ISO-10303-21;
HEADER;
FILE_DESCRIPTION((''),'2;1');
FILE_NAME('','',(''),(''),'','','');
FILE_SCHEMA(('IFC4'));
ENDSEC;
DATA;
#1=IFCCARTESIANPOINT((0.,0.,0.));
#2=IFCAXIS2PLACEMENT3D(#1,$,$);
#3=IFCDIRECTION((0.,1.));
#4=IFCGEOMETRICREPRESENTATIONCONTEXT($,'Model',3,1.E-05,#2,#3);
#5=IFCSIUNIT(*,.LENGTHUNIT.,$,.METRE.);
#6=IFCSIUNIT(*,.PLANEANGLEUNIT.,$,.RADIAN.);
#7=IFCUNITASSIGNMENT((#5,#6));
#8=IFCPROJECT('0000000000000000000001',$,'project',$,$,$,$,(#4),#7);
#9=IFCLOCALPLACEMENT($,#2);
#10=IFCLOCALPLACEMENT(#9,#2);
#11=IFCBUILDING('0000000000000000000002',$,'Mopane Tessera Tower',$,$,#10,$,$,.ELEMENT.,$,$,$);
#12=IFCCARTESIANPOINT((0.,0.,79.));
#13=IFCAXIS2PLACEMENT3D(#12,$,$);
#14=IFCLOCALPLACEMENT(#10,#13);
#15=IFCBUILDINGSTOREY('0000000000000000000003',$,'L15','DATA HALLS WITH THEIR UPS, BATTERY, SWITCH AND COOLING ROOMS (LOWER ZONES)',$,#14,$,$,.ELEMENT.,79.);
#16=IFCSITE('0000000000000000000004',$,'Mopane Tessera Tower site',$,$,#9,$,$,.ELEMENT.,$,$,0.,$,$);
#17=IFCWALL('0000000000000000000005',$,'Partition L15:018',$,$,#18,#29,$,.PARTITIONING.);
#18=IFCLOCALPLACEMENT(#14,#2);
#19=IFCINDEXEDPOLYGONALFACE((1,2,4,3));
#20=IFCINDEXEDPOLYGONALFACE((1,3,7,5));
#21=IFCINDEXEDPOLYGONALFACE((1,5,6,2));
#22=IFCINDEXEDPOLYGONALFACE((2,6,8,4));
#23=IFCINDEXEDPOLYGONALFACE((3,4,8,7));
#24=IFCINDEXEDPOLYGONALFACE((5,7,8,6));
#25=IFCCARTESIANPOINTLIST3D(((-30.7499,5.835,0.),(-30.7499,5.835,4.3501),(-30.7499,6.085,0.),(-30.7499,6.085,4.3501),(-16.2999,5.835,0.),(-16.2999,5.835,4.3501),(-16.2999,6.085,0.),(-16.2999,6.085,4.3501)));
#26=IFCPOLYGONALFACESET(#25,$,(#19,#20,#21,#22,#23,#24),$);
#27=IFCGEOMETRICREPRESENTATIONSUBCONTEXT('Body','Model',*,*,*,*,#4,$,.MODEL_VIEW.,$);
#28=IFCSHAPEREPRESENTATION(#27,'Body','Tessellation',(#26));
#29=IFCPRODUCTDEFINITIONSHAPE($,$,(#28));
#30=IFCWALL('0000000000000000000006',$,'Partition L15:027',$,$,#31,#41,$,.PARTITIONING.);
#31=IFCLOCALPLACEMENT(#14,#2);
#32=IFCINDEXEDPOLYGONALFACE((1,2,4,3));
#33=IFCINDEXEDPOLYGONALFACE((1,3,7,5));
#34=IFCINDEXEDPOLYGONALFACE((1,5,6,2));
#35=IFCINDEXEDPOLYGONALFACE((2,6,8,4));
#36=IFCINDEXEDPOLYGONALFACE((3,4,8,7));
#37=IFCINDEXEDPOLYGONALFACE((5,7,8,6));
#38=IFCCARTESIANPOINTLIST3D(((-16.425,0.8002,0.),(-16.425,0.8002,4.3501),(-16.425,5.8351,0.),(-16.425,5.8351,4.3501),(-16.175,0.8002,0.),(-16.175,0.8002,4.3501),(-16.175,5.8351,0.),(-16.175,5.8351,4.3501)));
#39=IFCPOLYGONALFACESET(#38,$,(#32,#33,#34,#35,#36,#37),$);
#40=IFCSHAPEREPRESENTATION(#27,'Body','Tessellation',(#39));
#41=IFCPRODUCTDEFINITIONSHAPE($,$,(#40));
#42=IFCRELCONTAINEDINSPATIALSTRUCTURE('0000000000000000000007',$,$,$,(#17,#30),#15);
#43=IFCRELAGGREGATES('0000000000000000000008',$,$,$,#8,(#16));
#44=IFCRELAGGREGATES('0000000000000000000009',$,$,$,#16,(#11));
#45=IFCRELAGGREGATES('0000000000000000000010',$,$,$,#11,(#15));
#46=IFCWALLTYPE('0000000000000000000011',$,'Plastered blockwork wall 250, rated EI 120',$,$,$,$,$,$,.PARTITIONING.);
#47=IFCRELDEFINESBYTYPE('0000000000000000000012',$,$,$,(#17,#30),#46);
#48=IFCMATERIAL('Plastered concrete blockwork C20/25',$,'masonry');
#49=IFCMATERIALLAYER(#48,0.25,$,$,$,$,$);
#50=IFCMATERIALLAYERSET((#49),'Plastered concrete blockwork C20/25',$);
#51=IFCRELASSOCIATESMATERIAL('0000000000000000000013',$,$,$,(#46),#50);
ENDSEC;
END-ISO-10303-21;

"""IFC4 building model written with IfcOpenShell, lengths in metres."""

from ifc_helpers import new_model, si_unit, direction, frame, frame_2d, origin, place, context, subcontext, project, spatial, rectangle, extrude, material, layer, layer_set, type_object, element, save


model = new_model("IFC4")

# Units and contexts
model_context = context("Model", 3, precision=1e-05, world=origin(), true_north=direction((0.0, 1.0)))
body_context = subcontext(model_context, "Body", "Model", "MODEL_VIEW")
ifc_project = project(units=[si_unit("LENGTHUNIT", "METRE"), si_unit("PLANEANGLEUNIT", "RADIAN")], contexts=[model_context])

# Site, building, storey
site_placement = place(None, origin())
site = spatial("IfcSite", under=ifc_project, at=site_placement, Name="Mopane Tessera Tower site", CompositionType="ELEMENT", RefElevation=0.0)
building_placement = place(site_placement, origin())
building = spatial("IfcBuilding", under=site, at=building_placement, Name="Mopane Tessera Tower", CompositionType="ELEMENT")
storey_placement = place(building_placement, frame((0.0, 0.0, 79.0)))
storey = spatial("IfcBuildingStorey", under=building, at=storey_placement, Name="L15", Description="DATA HALLS WITH THEIR UPS, BATTERY, SWITCH AND COOLING ROOMS (LOWER ZONES)", CompositionType="ELEMENT", Elevation=79.0)

# Walls
ifc_material_1 = material(Name="Plastered concrete blockwork C20/25", Category="masonry")
ifc_layer_1 = layer(ifc_material_1, 0.25)
ifc_layer_set_1 = layer_set([ifc_layer_1], Name="Plastered concrete blockwork C20/25")
wall_type_1 = type_object("IfcWallType", Name="Plastered blockwork wall 250, rated EI 120", PredefinedType="PARTITIONING", material=ifc_layer_set_1)
wall_1_placement = place(storey_placement, frame((-30.75, 5.96, 0.0), z_axis=(0.0, 0.0, 1.0), x_axis=(1.0, 0.0, 0.0)))
element("IfcWall", 1, at=wall_1_placement, inside=storey, type_object=wall_type_1, Name="Partition L15:018", PredefinedType="PARTITIONING", context=body_context, shape_type="SweptSolid", body=[
    extrude(rectangle(XDim=14.45, YDim=0.25, at=frame_2d((7.2251, 0.0))), origin(), (0.0, 0.0, 1.0), 4.3501),
])
wall_2_placement = place(storey_placement, frame((-16.3, 0.8, 0.0), z_axis=(0.0, 0.0, 1.0), x_axis=(0.0, 1.0, 0.0)))
element("IfcWall", 2, at=wall_2_placement, inside=storey, type_object=wall_type_1, Name="Partition L15:027", PredefinedType="PARTITIONING", context=body_context, shape_type="SweptSolid", body=[
    extrude(rectangle(XDim=5.0349, YDim=0.25, at=frame_2d((2.5176, 0.0))), origin(), (0.0, 0.0, 1.0), 4.3501),
])

save(model, "model.ifc")
